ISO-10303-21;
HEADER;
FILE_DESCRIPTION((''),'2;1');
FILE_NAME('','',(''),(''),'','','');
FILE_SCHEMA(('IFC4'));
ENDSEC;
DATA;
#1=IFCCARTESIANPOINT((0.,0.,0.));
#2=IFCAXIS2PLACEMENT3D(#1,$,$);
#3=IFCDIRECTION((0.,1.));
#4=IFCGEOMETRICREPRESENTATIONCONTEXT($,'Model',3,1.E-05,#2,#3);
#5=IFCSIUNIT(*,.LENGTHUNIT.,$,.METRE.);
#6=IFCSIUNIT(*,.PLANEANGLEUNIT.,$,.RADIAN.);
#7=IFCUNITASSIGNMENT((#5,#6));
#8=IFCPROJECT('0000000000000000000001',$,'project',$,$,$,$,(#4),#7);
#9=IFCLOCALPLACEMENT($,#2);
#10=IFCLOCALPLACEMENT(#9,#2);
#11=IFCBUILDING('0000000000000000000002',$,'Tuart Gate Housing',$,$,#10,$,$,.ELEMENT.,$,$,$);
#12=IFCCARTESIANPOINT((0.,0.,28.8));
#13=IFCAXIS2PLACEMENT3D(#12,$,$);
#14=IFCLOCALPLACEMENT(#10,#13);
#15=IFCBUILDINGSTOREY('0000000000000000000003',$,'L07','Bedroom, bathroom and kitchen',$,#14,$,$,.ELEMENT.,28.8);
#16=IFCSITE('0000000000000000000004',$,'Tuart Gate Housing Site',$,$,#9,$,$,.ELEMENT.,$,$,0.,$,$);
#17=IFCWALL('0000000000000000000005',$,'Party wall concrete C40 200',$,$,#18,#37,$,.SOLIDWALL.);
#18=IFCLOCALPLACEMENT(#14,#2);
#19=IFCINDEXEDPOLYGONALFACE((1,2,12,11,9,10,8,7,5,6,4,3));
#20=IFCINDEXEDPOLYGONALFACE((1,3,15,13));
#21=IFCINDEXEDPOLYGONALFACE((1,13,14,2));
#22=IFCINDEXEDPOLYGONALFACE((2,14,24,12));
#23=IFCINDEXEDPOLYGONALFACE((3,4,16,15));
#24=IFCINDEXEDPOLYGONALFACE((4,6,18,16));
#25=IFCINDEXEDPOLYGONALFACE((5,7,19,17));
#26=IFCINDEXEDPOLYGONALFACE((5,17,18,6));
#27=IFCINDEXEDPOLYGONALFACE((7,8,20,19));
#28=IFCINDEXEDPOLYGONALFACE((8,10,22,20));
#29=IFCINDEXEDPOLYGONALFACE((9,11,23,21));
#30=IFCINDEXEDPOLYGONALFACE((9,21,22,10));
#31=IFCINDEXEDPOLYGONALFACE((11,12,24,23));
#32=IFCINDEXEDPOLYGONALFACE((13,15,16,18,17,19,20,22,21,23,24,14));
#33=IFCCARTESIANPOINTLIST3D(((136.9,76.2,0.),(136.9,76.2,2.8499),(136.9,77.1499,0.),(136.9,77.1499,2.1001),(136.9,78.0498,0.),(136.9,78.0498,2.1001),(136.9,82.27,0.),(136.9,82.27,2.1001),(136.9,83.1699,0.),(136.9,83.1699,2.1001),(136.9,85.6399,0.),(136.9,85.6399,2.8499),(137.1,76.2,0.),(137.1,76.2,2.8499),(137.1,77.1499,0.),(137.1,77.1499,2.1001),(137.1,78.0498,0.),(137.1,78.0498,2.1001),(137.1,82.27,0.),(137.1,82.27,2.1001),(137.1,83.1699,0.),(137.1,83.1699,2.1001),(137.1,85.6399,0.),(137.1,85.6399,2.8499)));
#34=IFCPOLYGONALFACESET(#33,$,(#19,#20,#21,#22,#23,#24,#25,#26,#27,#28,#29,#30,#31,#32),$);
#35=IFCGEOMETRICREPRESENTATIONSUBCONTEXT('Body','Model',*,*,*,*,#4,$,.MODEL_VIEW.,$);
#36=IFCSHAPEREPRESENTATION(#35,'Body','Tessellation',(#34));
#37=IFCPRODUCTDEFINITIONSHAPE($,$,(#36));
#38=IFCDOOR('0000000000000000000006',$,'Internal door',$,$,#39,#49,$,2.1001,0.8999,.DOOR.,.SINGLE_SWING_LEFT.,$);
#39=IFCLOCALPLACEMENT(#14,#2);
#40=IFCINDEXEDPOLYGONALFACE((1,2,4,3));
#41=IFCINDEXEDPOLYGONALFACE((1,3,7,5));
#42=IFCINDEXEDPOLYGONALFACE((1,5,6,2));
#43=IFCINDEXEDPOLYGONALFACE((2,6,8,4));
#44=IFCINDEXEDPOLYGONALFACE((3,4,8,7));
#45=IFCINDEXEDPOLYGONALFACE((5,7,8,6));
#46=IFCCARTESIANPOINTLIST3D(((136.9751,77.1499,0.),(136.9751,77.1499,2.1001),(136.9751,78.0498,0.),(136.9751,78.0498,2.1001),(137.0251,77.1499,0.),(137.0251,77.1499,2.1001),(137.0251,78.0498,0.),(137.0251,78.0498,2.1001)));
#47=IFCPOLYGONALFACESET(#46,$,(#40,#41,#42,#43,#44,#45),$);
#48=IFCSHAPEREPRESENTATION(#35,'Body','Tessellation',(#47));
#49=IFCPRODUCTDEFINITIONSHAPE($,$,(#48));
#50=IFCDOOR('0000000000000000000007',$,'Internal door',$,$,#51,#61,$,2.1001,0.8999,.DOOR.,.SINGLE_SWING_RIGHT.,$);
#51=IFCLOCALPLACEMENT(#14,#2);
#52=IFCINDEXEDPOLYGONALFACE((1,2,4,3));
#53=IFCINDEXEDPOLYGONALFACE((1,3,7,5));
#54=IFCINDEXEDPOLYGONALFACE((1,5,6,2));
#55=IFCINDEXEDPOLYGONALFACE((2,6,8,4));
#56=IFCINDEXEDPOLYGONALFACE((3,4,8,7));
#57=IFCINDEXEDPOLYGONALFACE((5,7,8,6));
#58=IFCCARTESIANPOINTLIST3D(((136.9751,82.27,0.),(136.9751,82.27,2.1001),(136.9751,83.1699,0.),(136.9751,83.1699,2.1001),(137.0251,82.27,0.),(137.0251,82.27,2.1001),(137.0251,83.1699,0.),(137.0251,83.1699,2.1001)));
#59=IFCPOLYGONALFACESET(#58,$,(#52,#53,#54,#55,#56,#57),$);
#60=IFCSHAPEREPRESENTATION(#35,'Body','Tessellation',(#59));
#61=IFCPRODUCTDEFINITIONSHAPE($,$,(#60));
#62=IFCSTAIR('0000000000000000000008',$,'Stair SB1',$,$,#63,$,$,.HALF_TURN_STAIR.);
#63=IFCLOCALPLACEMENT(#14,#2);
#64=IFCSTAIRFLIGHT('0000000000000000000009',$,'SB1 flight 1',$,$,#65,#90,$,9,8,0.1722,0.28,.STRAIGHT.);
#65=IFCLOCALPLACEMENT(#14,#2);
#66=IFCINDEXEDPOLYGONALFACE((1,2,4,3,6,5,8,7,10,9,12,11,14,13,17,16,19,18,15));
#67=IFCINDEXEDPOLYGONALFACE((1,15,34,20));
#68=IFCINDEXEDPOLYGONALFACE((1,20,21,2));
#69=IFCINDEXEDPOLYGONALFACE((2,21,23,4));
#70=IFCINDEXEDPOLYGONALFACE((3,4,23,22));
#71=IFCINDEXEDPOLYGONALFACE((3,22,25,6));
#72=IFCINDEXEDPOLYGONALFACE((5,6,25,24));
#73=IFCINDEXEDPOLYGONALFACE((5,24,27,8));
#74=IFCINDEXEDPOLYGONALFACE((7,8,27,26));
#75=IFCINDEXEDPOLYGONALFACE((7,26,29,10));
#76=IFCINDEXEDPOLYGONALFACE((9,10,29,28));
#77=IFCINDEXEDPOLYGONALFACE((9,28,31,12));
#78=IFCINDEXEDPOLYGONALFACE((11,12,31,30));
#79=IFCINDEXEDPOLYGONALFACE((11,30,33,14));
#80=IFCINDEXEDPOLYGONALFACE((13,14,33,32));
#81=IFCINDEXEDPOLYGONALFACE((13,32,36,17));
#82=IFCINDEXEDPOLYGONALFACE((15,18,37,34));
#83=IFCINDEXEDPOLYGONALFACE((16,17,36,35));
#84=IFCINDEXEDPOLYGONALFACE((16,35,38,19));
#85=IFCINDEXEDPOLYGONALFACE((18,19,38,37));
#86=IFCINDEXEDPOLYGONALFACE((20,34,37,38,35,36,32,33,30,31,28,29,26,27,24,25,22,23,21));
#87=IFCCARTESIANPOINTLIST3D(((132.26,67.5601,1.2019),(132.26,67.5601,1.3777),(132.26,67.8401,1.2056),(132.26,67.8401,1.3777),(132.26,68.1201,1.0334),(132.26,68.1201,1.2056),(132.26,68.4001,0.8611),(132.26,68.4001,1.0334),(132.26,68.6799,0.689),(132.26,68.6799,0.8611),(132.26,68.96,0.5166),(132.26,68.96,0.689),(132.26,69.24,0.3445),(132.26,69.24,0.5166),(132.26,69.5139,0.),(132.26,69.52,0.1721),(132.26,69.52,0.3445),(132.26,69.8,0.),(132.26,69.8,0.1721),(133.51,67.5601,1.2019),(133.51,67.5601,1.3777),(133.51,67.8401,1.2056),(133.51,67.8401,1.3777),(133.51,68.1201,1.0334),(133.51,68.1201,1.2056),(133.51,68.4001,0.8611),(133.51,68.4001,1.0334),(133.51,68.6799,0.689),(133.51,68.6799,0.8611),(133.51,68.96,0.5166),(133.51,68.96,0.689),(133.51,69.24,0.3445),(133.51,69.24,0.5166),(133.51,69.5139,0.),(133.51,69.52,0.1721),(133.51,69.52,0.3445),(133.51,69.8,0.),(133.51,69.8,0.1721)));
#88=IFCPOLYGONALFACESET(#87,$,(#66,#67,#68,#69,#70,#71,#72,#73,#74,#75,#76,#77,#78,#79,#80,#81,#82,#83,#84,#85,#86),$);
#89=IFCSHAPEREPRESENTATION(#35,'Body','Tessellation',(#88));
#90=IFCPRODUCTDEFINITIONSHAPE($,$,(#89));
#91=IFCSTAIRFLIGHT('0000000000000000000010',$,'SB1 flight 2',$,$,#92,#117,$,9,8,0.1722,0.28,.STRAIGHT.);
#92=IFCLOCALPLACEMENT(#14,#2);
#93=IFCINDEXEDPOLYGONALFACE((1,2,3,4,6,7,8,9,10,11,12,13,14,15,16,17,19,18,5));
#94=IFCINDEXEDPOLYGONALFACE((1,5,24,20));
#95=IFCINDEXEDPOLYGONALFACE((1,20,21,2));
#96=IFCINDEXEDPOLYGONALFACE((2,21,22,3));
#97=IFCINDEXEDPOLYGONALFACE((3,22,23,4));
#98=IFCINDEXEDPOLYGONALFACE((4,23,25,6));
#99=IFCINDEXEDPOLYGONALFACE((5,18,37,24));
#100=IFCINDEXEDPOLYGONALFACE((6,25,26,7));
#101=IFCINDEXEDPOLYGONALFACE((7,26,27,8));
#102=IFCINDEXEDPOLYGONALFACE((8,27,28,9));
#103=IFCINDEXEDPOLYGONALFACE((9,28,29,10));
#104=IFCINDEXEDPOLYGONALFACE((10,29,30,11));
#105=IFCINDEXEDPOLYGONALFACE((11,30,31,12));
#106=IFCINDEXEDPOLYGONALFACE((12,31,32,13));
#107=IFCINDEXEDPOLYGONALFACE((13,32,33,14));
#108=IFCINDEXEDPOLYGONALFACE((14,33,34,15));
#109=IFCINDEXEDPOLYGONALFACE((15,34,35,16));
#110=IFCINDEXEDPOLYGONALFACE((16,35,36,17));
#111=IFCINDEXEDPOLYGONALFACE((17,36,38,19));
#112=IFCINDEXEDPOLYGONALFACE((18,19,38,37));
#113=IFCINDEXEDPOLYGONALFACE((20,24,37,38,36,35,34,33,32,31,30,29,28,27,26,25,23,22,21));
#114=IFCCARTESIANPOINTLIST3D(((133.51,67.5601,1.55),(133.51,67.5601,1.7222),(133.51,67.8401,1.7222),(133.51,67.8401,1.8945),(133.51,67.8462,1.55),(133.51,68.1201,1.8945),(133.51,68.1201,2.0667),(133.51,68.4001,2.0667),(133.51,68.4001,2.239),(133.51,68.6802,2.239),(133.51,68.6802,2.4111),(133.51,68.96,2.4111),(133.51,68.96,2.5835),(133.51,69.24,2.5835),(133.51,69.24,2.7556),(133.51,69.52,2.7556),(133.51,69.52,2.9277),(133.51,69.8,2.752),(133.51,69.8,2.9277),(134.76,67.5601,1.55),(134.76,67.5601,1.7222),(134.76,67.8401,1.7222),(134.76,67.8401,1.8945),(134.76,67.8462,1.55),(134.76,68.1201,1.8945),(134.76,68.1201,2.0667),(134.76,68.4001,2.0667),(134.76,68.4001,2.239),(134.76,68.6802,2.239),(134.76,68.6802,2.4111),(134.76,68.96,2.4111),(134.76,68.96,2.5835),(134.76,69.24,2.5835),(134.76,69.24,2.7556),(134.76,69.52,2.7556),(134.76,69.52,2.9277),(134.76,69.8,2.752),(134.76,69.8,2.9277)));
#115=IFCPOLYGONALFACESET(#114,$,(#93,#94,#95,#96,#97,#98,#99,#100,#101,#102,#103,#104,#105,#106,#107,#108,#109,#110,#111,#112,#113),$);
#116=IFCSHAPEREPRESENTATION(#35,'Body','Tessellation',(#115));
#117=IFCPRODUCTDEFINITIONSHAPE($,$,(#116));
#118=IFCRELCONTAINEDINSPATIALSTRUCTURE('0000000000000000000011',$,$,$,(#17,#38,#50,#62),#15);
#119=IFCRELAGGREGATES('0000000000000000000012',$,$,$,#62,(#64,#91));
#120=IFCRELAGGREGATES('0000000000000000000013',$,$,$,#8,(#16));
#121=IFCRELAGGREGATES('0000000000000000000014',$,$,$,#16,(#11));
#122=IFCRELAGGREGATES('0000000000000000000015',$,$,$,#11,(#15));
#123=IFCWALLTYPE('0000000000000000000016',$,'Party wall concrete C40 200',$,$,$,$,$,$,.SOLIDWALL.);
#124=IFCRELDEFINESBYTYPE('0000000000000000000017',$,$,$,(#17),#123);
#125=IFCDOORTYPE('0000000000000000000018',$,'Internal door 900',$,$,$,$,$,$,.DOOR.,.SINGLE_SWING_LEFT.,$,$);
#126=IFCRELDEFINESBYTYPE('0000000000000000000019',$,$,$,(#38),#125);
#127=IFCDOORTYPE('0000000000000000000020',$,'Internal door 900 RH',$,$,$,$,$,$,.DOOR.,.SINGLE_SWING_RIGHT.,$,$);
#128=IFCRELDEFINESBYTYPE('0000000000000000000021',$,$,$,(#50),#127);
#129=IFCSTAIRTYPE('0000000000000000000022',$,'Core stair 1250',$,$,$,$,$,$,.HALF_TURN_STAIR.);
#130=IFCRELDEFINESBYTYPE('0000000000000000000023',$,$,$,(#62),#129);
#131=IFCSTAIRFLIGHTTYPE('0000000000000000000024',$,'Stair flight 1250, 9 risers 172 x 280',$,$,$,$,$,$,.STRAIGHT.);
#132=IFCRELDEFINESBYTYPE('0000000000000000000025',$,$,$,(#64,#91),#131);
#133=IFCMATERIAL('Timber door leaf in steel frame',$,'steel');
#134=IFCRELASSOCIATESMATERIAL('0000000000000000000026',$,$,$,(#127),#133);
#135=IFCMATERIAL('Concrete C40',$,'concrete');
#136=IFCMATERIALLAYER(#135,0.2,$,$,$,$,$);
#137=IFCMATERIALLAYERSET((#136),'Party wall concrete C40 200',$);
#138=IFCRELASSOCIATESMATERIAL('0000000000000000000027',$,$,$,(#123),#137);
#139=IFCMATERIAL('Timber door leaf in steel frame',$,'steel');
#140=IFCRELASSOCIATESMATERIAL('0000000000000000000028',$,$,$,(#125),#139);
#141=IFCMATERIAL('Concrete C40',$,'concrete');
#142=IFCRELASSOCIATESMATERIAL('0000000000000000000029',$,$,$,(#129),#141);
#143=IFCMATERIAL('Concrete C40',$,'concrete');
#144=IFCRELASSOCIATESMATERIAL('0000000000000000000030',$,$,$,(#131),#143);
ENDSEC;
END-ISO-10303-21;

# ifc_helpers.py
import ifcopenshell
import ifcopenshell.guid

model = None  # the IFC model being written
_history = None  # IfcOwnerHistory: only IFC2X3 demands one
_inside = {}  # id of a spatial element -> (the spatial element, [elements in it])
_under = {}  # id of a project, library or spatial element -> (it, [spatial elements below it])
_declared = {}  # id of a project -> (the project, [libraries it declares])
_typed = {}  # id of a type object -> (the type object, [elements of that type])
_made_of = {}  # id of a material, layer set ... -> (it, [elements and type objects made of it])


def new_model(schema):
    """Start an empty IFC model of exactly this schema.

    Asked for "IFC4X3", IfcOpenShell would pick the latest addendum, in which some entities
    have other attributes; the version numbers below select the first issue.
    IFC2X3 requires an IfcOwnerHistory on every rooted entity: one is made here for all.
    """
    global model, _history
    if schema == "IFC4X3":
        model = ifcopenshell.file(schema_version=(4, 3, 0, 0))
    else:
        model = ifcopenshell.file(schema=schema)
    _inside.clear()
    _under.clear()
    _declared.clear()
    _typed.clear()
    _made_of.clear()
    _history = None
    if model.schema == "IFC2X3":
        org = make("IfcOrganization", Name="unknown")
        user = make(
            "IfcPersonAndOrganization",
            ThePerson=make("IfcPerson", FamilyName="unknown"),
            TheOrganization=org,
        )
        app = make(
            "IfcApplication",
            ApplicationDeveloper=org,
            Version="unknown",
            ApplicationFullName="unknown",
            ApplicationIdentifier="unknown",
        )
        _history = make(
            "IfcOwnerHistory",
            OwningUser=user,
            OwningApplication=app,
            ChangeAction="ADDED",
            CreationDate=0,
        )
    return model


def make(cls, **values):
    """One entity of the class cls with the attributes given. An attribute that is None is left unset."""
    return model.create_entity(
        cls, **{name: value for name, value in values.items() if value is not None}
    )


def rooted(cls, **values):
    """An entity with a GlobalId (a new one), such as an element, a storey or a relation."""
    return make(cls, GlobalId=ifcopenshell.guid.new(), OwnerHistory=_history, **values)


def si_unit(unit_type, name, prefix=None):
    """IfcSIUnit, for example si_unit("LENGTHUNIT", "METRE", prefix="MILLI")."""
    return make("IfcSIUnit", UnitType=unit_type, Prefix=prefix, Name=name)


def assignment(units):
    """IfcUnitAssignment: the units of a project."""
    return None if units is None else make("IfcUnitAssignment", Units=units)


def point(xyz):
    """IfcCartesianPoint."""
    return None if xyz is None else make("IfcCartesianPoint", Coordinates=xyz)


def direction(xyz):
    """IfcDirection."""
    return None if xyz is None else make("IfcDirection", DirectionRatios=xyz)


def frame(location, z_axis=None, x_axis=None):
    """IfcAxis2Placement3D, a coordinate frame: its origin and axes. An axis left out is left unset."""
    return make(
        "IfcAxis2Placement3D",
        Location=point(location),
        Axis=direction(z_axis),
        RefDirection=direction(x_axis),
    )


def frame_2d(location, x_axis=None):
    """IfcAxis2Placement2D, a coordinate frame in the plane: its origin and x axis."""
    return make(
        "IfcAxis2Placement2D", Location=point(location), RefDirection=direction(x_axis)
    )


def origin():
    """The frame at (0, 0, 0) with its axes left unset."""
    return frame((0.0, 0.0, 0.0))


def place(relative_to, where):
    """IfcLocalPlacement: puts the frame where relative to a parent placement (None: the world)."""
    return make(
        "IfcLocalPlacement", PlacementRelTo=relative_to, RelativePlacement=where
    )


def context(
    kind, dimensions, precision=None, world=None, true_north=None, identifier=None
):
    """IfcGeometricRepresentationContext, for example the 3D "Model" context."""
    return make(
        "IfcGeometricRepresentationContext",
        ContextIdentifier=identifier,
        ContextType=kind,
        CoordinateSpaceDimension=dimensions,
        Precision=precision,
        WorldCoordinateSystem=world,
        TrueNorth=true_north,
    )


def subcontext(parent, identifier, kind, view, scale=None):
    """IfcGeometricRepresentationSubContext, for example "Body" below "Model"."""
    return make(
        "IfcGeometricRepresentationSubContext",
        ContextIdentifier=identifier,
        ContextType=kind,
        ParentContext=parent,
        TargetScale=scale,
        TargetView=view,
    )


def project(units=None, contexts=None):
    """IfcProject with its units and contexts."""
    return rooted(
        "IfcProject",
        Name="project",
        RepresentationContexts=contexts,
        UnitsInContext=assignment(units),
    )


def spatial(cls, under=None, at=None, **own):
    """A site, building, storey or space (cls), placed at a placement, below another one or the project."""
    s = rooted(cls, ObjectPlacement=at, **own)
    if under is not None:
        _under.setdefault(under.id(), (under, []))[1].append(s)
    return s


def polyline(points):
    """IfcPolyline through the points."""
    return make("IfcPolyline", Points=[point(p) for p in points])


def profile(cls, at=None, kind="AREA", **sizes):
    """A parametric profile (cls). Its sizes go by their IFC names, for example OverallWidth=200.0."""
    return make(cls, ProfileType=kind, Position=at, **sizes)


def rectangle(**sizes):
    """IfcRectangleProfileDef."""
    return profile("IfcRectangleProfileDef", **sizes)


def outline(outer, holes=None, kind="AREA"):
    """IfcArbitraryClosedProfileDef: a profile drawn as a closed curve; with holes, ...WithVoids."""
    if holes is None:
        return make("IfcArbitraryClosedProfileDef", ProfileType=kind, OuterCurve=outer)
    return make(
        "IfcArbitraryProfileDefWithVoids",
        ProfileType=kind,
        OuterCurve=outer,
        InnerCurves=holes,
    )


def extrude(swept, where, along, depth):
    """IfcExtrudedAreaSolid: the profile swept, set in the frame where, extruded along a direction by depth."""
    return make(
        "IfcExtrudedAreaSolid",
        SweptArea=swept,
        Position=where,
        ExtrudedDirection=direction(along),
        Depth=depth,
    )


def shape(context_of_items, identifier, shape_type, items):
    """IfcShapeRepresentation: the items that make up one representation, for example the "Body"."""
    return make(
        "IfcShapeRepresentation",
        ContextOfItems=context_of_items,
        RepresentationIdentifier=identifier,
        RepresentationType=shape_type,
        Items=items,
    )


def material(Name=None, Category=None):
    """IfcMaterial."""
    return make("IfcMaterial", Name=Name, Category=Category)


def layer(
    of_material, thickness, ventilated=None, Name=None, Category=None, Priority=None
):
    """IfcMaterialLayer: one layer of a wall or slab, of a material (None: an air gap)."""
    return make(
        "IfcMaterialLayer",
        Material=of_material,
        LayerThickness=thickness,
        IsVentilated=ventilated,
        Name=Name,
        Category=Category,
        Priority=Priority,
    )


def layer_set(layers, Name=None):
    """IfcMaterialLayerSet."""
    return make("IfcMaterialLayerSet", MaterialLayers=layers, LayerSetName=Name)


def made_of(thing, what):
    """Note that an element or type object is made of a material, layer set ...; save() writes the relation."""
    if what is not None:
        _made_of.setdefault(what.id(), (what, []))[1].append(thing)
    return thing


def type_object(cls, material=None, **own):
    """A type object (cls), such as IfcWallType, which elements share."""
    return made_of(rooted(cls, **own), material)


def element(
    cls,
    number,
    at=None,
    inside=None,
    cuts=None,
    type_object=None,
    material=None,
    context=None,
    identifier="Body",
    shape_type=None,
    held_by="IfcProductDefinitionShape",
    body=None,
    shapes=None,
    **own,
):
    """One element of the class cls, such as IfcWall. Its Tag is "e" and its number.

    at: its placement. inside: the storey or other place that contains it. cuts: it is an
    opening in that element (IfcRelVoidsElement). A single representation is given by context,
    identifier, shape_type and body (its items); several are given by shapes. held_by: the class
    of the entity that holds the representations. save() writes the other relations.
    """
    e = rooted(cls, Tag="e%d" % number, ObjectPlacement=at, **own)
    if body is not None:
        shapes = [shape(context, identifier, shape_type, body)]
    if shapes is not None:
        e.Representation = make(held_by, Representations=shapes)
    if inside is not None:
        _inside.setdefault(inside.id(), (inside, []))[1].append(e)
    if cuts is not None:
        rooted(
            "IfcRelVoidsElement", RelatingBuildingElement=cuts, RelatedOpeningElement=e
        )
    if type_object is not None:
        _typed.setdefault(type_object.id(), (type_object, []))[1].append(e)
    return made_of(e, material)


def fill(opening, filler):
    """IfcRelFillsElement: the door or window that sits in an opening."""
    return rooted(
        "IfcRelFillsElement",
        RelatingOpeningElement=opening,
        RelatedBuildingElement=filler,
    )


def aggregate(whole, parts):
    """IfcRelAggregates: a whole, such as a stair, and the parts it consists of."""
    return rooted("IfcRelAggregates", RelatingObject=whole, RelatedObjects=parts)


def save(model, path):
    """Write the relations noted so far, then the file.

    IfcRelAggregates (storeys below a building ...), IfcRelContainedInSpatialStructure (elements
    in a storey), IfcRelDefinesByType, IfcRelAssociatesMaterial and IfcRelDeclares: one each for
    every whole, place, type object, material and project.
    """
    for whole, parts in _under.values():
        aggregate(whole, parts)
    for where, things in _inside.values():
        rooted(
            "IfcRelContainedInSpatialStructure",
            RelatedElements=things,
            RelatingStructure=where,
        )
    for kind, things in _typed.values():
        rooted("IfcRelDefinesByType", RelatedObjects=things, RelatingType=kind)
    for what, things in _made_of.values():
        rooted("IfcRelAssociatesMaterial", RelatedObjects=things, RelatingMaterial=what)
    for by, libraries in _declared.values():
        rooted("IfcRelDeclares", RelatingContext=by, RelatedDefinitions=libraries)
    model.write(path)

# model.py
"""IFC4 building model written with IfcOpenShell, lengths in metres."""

from ifc_helpers import new_model, si_unit, direction, frame, frame_2d, origin, place, context, subcontext, project, spatial, polyline, rectangle, outline, extrude, material, layer, layer_set, type_object, element, fill, aggregate, save


model = new_model("IFC4")

# Units and contexts
model_context = context("Model", 3, precision=1e-05, world=origin(), true_north=direction((0.0, 1.0)))
body_context = subcontext(model_context, "Body", "Model", "MODEL_VIEW")
ifc_project = project(units=[si_unit("LENGTHUNIT", "METRE"), si_unit("PLANEANGLEUNIT", "RADIAN")], contexts=[model_context])

# Site, building, storey
site_placement = place(None, origin())
site = spatial("IfcSite", under=ifc_project, at=site_placement, Name="Tuart Gate Housing Site", CompositionType="ELEMENT", RefElevation=0.0)
building_placement = place(site_placement, origin())
building = spatial("IfcBuilding", under=site, at=building_placement, Name="Tuart Gate Housing", CompositionType="ELEMENT")
storey_placement = place(building_placement, frame((0.0, 0.0, 28.8)))
storey = spatial("IfcBuildingStorey", under=building, at=storey_placement, Name="L07", Description="Bedroom, bathroom and kitchen", CompositionType="ELEMENT", Elevation=28.8)

# Wall, openings, doors
ifc_material_1 = material(Name="Timber door leaf in steel frame", Category="steel")
door_type_1 = type_object("IfcDoorType", Name="Internal door 900 RH", OperationType="SINGLE_SWING_RIGHT", PredefinedType="DOOR", material=ifc_material_1)
ifc_material_2 = material(Name="Concrete C40", Category="concrete")
ifc_layer_1 = layer(ifc_material_2, 0.2)
ifc_layer_set_1 = layer_set([ifc_layer_1], Name="Party wall concrete C40 200")
wall_type_1 = type_object("IfcWallType", Name="Party wall concrete C40 200", PredefinedType="SOLIDWALL", material=ifc_layer_set_1)
wall_1_placement = place(storey_placement, frame((137.0, 76.2, 0.0), z_axis=(0.0, 0.0, 1.0), x_axis=(0.0, 1.0, 0.0)))
wall_1 = element("IfcWall", 1, at=wall_1_placement, inside=storey, type_object=wall_type_1, Name="Party wall concrete C40 200", PredefinedType="SOLIDWALL", context=body_context, shape_type="SweptSolid", body=[
    extrude(rectangle(XDim=9.4399, YDim=0.2, at=frame_2d((4.72, 0.0))), origin(), (0.0, 0.0, 1.0), 2.8499),
])
opening_1_placement = place(wall_1_placement, frame((6.0701, 0.0, 0.0)))
opening_1 = element("IfcOpeningElement", 2, at=opening_1_placement, cuts=wall_1, PredefinedType="OPENING", context=body_context, shape_type="SweptSolid", body=[
    extrude(rectangle(XDim=0.8999, YDim=2.1001, at=frame_2d((0.45, 1.05))), frame((0.0, 0.1099, 0.0), z_axis=(0.0, -1.0, 0.0), x_axis=(1.0, 0.0, 0.0)), (0.0, 0.0, 1.0), 0.22),
])
opening_2_placement = place(wall_1_placement, frame((0.95, 0.0, 0.0)))
opening_2 = element("IfcOpeningElement", 3, at=opening_2_placement, cuts=wall_1, PredefinedType="OPENING", context=body_context, shape_type="SweptSolid", body=[
    extrude(rectangle(XDim=0.8999, YDim=2.1001, at=frame_2d((0.45, 1.05))), frame((0.0, 0.1099, 0.0), z_axis=(0.0, -1.0, 0.0), x_axis=(1.0, 0.0, 0.0)), (0.0, 0.0, 1.0), 0.22),
])
ifc_material_3 = material(Name="Timber door leaf in steel frame", Category="steel")
door_type_2 = type_object("IfcDoorType", Name="Internal door 900", OperationType="SINGLE_SWING_LEFT", PredefinedType="DOOR", material=ifc_material_3)
door_1_placement = place(opening_2_placement, origin())
door_1 = element("IfcDoor", 4, at=door_1_placement, inside=storey, type_object=door_type_2, Name="Internal door", OperationType="SINGLE_SWING_LEFT", OverallHeight=2.1001, OverallWidth=0.8999, PredefinedType="DOOR", context=body_context, shape_type="SweptSolid", body=[
    extrude(rectangle(XDim=0.8999, YDim=2.1001, at=frame_2d((0.45, 1.05))), frame((0.0, 0.0249, 0.0), z_axis=(0.0, -1.0, 0.0), x_axis=(1.0, 0.0, 0.0)), (0.0, 0.0, 1.0), 0.05),
])
fill(opening_2, door_1)
door_2_placement = place(opening_1_placement, origin())
door_2 = element("IfcDoor", 5, at=door_2_placement, inside=storey, type_object=door_type_1, Name="Internal door", OperationType="SINGLE_SWING_RIGHT", OverallHeight=2.1001, OverallWidth=0.8999, PredefinedType="DOOR", context=body_context, shape_type="SweptSolid", body=[
    extrude(rectangle(XDim=0.8999, YDim=2.1001, at=frame_2d((0.45, 1.05))), frame((0.0, 0.0249, 0.0), z_axis=(0.0, -1.0, 0.0), x_axis=(1.0, 0.0, 0.0)), (0.0, 0.0, 1.0), 0.05),
])
fill(opening_1, door_2)

# Stair, stair flights
ifc_material_4 = material(Name="Concrete C40", Category="concrete")
stair_type = type_object("IfcStairType", Name="Core stair 1250", PredefinedType="HALF_TURN_STAIR", material=ifc_material_4)
stair_placement = place(storey_placement, origin())
stair = element("IfcStair", 6, at=stair_placement, inside=storey, type_object=stair_type, Name="Stair SB1", PredefinedType="HALF_TURN_STAIR")
ifc_material_5 = material(Name="Concrete C40", Category="concrete")
stair_flight_type = type_object("IfcStairFlightType", Name="Stair flight 1250, 9 risers 172 x 280", PredefinedType="STRAIGHT", material=ifc_material_5)
stair_flight_1_placement = place(storey_placement, frame((132.885, 69.8, 0.0), z_axis=(0.0, 0.0, 1.0), x_axis=(0.0, -1.0, 0.0)))
stair_flight_1 = element("IfcStairFlight", 7, at=stair_flight_1_placement, type_object=stair_flight_type, Name="SB1 flight 1", NumberOfRisers=9, NumberOfTreads=8, PredefinedType="STRAIGHT", RiserHeight=0.1722, TreadLength=0.28, context=body_context, shape_type="SweptSolid", body=[
    extrude(outline(polyline([(0.0, 0.0), (0.0, 0.1721), (0.28, 0.1721), (0.28, 0.3445), (0.5601, 0.3445), (0.5601, 0.5166), (0.8401, 0.5166), (0.8401, 0.689), (1.1201, 0.689), (1.1201, 0.8611), (1.3999, 0.8611), (1.3999, 1.0334), (1.6799, 1.0334), (1.6799, 1.2056), (1.96, 1.2056), (1.96, 1.3777), (2.24, 1.3777), (2.24, 1.55), (2.24, 1.2019), (0.2861, 0.0), (0.0, 0.0)])), frame((0.0, 0.625, 0.0), z_axis=(0.0, -1.0, 0.0), x_axis=(1.0, 0.0, 0.0)), (0.0, 0.0, 1.0), 1.25),
])
stair_flight_2_placement = place(storey_placement, frame((134.135, 67.5601, 1.55), z_axis=(0.0, 0.0, 1.0), x_axis=(0.0, 1.0, 0.0)))
stair_flight_2 = element("IfcStairFlight", 8, at=stair_flight_2_placement, type_object=stair_flight_type, Name="SB1 flight 2", NumberOfRisers=9, NumberOfTreads=8, PredefinedType="STRAIGHT", RiserHeight=0.1722, TreadLength=0.28, context=body_context, shape_type="SweptSolid", body=[
    extrude(outline(polyline([(0.0, 0.0), (0.0, 0.1721), (0.28, 0.1721), (0.28, 0.3445), (0.5601, 0.3445), (0.5601, 0.5166), (0.8401, 0.5166), (0.8401, 0.689), (1.1201, 0.689), (1.1201, 0.8611), (1.3999, 0.8611), (1.3999, 1.0334), (1.6799, 1.0334), (1.6799, 1.2056), (1.96, 1.2056), (1.96, 1.3777), (2.24, 1.3777), (2.24, 1.55), (2.24, 1.2019), (0.2861, 0.0), (0.0, 0.0)])), frame((0.0, 0.625, 0.0), z_axis=(0.0, -1.0, 0.0), x_axis=(1.0, 0.0, 0.0)), (0.0, 0.0, 1.0), 1.25),
])
aggregate(stair, [stair_flight_1, stair_flight_2])

save(model, "model.ifc")
